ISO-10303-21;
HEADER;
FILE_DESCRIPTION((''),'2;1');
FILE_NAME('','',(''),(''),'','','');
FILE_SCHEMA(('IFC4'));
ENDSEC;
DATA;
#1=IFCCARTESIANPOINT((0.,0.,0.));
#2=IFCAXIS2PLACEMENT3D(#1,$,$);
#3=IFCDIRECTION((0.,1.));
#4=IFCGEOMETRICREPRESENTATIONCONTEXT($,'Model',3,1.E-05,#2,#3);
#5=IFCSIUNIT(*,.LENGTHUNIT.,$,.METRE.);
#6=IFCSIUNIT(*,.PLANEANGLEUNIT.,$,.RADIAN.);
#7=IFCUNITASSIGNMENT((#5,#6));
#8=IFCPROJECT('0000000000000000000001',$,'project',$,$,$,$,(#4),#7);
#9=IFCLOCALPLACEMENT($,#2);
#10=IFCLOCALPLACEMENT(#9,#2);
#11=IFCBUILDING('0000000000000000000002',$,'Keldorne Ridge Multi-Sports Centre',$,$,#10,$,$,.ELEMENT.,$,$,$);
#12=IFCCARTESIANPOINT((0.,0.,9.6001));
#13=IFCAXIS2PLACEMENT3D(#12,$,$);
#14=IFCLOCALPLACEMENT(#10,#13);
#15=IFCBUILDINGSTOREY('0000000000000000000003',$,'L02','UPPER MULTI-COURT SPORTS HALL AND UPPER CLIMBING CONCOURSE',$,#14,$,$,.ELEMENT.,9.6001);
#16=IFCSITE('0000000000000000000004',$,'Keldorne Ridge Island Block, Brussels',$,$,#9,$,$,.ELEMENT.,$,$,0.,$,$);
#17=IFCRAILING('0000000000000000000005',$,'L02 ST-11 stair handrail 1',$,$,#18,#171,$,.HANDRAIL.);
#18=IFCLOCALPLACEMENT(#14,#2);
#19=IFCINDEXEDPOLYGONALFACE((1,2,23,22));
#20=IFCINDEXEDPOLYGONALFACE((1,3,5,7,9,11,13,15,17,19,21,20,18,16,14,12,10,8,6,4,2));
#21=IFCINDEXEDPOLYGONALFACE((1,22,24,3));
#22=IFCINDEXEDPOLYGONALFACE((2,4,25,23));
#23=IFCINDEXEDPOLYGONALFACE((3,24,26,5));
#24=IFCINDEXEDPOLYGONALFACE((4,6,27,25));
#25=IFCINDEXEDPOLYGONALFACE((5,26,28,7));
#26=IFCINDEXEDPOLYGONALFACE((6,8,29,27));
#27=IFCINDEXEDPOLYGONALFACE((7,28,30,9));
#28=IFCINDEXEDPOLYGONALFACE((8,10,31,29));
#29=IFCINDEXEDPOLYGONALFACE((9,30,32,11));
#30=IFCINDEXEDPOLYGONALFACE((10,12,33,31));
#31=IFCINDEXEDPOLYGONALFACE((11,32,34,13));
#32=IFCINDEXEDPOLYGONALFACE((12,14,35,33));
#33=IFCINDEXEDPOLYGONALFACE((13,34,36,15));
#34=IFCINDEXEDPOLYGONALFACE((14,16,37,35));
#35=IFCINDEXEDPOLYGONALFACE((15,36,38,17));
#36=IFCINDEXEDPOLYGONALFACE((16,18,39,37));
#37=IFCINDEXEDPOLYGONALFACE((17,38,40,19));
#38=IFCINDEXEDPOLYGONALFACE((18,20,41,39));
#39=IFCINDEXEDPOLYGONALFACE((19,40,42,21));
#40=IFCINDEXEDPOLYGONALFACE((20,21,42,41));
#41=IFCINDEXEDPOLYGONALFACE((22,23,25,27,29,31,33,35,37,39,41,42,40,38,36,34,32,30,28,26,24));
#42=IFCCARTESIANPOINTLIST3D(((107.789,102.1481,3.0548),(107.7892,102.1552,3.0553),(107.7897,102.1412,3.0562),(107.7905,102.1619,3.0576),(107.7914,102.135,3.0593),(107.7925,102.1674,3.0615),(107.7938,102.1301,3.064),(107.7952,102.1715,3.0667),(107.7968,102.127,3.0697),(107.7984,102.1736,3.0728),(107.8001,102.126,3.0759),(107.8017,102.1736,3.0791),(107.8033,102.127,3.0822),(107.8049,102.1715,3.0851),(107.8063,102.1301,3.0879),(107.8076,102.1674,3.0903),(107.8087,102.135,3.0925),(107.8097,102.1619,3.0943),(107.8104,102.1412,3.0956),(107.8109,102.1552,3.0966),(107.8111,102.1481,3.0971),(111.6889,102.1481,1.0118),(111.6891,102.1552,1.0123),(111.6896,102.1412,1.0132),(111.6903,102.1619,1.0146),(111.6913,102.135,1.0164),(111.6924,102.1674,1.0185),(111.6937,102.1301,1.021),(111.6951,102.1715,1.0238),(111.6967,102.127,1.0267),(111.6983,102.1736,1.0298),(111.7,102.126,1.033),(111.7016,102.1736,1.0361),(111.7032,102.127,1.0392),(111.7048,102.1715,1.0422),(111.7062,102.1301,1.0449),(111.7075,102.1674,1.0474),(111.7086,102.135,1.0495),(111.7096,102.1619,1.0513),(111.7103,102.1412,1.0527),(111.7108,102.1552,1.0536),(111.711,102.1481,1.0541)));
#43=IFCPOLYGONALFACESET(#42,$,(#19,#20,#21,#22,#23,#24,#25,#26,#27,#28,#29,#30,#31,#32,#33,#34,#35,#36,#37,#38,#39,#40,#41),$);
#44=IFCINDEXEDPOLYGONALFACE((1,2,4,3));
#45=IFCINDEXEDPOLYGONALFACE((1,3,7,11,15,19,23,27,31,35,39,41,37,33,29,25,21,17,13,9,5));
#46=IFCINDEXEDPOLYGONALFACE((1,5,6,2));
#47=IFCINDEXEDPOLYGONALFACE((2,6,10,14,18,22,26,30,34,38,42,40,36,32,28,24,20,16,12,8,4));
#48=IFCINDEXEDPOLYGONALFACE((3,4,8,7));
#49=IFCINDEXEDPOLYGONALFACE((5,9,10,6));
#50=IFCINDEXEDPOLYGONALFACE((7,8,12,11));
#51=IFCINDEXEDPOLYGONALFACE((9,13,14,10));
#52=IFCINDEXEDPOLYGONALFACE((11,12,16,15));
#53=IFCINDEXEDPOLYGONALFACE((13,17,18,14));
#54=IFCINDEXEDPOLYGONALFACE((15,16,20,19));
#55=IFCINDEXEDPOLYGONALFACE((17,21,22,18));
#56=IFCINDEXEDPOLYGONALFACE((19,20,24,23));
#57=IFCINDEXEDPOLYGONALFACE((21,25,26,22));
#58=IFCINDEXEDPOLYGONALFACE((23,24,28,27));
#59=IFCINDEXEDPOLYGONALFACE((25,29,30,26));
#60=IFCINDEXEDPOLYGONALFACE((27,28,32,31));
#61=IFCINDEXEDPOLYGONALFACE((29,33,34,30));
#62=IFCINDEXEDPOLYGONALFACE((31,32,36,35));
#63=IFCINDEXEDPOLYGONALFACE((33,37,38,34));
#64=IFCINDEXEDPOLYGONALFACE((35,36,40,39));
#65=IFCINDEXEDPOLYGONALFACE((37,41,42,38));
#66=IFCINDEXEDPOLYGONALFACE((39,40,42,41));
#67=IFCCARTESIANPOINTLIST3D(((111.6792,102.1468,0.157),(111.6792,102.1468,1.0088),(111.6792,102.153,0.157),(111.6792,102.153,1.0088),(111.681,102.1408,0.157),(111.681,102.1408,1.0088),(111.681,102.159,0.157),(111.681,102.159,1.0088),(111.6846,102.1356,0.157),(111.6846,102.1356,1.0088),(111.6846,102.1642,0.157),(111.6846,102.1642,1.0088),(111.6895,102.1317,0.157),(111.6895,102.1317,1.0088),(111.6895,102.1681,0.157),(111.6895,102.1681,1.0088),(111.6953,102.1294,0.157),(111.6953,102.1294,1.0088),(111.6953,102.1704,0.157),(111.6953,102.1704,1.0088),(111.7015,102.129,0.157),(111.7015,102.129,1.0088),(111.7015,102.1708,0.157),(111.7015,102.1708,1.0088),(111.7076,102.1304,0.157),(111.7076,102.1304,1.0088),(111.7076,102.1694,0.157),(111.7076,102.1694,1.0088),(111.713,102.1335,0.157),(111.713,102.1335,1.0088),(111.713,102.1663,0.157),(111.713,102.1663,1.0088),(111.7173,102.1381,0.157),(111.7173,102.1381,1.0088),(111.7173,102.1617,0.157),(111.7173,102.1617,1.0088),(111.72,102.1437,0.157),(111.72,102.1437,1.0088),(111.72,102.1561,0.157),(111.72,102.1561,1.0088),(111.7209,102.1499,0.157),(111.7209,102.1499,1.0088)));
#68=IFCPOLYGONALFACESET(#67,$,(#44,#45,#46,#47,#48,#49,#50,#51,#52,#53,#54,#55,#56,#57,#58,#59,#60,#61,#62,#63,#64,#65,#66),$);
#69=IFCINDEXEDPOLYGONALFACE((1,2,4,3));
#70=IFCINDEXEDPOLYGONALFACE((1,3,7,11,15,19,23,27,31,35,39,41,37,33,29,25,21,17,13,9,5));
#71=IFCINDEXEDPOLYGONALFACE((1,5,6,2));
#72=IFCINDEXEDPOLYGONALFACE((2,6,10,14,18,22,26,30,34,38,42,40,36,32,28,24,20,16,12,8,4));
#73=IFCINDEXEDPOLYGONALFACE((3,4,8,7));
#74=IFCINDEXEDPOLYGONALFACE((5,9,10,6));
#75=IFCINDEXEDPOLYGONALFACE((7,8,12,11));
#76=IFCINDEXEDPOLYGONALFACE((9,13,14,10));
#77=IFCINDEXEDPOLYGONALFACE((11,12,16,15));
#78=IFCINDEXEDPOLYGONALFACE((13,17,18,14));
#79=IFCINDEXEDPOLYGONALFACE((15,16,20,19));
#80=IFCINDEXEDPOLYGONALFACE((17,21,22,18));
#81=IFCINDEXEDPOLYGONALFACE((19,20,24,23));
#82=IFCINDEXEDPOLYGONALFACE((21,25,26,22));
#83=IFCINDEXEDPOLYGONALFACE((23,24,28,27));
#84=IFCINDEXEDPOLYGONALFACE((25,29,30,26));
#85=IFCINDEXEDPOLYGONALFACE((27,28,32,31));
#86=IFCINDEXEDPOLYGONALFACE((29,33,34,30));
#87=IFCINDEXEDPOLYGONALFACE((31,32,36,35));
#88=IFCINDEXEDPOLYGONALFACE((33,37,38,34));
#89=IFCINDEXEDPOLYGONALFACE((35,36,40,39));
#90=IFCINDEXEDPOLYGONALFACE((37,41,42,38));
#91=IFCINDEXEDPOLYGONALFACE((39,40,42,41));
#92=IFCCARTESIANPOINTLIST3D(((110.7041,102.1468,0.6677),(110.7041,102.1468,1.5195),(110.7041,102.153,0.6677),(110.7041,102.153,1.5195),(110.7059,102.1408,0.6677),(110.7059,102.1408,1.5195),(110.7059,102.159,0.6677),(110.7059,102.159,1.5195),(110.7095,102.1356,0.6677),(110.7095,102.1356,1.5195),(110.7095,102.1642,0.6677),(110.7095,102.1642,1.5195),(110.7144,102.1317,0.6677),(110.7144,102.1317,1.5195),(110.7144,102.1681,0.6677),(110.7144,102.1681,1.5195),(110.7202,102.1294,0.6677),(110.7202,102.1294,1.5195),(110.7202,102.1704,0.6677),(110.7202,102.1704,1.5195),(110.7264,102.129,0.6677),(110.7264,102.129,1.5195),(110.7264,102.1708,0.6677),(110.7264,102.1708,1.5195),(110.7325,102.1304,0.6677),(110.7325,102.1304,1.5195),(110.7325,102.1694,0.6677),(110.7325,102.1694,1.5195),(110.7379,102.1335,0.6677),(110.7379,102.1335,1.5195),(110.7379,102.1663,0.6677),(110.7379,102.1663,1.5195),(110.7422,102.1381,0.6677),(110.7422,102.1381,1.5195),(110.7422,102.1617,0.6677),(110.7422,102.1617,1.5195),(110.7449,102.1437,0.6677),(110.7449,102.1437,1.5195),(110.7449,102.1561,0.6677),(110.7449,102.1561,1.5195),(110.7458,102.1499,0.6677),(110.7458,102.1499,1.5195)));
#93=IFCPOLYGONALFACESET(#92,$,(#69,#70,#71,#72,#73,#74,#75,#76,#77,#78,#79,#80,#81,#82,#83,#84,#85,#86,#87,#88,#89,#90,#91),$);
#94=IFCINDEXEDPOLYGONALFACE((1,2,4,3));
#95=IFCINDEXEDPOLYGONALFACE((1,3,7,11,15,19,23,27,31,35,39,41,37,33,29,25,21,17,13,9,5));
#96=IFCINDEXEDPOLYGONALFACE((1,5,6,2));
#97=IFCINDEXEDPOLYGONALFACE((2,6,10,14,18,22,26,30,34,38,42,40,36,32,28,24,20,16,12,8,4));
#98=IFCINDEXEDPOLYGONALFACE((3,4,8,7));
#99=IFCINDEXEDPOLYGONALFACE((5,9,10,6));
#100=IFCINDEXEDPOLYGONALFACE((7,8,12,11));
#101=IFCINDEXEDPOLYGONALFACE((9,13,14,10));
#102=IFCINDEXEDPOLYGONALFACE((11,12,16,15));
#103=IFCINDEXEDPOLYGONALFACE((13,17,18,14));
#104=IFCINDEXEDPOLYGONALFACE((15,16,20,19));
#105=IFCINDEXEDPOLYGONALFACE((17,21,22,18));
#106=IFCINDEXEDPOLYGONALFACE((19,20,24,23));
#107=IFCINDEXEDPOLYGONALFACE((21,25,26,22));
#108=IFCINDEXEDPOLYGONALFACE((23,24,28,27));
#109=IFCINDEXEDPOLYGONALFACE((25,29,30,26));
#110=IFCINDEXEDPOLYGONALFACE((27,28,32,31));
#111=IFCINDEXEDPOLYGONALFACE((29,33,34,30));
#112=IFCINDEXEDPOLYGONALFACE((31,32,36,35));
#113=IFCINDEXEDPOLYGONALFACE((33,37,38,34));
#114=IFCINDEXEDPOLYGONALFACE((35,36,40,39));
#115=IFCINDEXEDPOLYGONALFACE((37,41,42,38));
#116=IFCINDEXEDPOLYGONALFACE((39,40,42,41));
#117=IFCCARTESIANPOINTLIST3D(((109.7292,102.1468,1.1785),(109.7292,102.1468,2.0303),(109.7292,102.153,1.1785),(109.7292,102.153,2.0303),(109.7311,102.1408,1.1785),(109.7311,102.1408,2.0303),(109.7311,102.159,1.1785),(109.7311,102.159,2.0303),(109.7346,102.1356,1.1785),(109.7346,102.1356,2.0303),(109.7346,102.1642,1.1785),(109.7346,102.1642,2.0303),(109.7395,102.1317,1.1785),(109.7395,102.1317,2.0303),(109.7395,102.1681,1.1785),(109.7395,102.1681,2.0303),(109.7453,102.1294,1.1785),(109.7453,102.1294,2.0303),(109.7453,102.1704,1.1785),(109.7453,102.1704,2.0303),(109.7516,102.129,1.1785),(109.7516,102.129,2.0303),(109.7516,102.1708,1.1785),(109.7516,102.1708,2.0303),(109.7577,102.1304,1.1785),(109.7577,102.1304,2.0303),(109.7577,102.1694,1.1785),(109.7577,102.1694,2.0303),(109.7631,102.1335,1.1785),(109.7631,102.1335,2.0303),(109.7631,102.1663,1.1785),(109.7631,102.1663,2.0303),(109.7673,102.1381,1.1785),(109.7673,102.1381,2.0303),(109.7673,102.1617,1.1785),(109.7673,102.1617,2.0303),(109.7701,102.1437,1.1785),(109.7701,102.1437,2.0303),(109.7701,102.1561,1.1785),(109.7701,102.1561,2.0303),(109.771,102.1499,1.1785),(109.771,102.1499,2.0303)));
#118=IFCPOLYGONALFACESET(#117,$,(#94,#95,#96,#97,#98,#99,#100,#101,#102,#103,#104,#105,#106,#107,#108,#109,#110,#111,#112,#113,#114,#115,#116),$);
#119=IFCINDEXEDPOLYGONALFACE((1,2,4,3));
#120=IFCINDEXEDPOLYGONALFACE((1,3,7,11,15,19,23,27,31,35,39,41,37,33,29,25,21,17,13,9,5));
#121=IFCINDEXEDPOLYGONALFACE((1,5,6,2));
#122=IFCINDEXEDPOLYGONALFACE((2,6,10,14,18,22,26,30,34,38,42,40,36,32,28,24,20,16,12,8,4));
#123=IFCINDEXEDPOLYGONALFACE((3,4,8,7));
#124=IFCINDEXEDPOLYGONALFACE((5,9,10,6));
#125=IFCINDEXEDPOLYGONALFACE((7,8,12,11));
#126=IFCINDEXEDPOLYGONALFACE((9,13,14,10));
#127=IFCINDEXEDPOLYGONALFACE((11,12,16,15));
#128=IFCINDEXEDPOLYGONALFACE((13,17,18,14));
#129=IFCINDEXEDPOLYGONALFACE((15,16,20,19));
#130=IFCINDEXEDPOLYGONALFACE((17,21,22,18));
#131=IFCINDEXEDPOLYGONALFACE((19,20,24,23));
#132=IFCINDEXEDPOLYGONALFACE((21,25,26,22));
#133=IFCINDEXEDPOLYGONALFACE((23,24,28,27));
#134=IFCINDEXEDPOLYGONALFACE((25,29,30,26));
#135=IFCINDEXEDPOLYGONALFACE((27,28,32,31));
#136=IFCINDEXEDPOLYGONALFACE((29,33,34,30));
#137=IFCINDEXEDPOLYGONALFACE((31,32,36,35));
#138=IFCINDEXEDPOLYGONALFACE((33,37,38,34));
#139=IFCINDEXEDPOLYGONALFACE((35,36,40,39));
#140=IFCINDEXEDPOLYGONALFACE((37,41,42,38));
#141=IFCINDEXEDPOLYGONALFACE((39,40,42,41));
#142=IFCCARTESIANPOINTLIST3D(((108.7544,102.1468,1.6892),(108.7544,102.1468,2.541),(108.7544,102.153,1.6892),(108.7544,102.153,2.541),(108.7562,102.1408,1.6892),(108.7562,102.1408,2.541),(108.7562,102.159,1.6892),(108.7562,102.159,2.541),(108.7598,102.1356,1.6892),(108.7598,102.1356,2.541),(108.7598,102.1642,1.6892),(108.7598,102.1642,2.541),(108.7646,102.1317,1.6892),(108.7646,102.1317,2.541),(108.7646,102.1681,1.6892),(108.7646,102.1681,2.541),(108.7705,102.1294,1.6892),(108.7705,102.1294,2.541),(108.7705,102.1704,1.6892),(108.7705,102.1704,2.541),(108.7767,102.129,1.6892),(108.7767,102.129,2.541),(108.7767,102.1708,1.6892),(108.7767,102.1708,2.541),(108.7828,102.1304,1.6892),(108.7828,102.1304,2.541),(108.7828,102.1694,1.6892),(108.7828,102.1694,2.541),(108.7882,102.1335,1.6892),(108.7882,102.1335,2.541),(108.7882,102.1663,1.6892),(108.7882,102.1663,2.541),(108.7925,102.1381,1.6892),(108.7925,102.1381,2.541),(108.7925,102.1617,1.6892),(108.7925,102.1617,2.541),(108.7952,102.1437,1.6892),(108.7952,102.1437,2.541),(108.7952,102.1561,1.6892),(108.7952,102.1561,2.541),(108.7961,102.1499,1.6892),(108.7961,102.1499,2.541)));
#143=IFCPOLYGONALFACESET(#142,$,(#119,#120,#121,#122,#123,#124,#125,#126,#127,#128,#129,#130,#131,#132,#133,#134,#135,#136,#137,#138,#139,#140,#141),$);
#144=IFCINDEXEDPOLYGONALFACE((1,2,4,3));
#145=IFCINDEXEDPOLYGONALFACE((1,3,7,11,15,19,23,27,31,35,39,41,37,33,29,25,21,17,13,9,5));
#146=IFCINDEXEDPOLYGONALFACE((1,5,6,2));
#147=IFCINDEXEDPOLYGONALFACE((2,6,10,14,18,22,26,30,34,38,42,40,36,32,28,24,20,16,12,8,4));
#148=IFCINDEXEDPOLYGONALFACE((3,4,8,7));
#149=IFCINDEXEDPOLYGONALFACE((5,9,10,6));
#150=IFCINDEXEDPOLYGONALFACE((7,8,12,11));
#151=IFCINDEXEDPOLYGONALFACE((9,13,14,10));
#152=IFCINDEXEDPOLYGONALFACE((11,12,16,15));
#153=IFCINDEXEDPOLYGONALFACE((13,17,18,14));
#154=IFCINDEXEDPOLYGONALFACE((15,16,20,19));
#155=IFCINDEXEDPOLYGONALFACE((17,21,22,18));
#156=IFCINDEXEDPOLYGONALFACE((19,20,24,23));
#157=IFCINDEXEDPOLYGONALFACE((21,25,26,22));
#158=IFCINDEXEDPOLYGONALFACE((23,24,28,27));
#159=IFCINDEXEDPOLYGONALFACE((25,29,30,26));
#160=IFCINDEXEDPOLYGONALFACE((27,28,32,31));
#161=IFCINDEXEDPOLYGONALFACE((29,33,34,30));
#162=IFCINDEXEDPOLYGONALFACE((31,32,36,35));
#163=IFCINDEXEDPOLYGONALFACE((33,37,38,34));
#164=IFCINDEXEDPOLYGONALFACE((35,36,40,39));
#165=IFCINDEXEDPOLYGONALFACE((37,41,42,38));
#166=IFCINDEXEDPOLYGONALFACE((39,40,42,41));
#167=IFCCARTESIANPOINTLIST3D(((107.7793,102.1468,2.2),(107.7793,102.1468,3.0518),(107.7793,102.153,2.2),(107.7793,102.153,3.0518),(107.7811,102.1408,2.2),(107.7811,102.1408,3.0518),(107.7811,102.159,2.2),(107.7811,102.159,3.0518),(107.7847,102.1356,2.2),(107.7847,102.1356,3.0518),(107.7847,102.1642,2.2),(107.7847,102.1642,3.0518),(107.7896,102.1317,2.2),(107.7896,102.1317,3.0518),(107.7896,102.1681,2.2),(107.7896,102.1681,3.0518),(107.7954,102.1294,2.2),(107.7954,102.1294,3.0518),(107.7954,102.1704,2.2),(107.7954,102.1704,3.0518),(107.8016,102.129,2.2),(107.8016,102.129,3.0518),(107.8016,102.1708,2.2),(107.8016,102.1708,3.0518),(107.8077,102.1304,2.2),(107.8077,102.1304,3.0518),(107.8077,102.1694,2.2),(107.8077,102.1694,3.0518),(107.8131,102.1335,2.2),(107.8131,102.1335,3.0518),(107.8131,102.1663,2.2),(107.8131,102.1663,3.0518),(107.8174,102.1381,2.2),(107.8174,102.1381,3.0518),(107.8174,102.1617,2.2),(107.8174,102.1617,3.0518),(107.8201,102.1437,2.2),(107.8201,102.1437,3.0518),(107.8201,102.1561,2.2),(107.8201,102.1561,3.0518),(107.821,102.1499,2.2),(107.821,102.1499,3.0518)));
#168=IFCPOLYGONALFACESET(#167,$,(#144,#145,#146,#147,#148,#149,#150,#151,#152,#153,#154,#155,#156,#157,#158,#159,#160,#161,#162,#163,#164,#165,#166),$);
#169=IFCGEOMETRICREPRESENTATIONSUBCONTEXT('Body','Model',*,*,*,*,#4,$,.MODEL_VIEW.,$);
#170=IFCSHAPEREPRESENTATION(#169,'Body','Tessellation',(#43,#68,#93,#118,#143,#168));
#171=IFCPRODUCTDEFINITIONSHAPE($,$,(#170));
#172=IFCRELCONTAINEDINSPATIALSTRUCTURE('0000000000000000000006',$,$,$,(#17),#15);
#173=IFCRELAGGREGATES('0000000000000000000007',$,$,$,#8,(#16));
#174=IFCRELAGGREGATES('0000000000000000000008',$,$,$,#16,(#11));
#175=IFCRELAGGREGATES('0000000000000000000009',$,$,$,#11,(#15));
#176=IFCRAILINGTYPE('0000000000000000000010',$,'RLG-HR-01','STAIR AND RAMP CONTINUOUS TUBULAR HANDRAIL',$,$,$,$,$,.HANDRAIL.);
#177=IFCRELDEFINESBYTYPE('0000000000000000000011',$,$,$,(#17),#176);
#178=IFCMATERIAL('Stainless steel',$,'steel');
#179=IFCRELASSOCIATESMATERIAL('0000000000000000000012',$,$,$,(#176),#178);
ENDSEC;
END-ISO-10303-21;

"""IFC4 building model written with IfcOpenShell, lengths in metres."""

from ifc_helpers import new_model, si_unit, direction, frame, origin, origin_2d, place, context, subcontext, project, spatial, circle, extrude, material, type_object, element, save


model = new_model("IFC4")

# Units and contexts
model_context = context("Model", 3, precision=1e-05, world=origin(), true_north=direction((0.0, 1.0)))
body_context = subcontext(model_context, "Body", "Model", "MODEL_VIEW")
ifc_project = project(units=[si_unit("LENGTHUNIT", "METRE"), si_unit("PLANEANGLEUNIT", "RADIAN")], contexts=[model_context])

# Site, building, storey
site_placement = place(None, origin())
site = spatial("IfcSite", under=ifc_project, at=site_placement, Name="Keldorne Ridge Island Block, Brussels", CompositionType="ELEMENT", RefElevation=0.0)
building_placement = place(site_placement, origin())
building = spatial("IfcBuilding", under=site, at=building_placement, Name="Keldorne Ridge Multi-Sports Centre", CompositionType="ELEMENT")
storey_placement = place(building_placement, frame((0.0, 0.0, 9.6001)))
storey = spatial("IfcBuildingStorey", under=building, at=storey_placement, Name="L02", Description="UPPER MULTI-COURT SPORTS HALL AND UPPER CLIMBING CONCOURSE", CompositionType="ELEMENT", Elevation=9.6001)

# Shared definitions
ifc_material_1 = material(Name="Stainless steel", Category="steel")

# Railing
railing_type_1 = type_object("IfcRailingType", Name="RLG-HR-01", Description="STAIR AND RAMP CONTINUOUS TUBULAR HANDRAIL", PredefinedType="HANDRAIL", material=ifc_material_1)
railing_1_placement = place(storey_placement, frame((111.7, 102.1499, 0.157)))
element("IfcRailing", 1, at=railing_1_placement, inside=storey, type_object=railing_type_1, Name="L02 ST-11 stair handrail 1", PredefinedType="HANDRAIL", context=body_context, shape_type="SweptSolid", body=[
    extrude(circle(Radius=0.0239, at=origin_2d()), frame((0.0, 0.0, 0.876), z_axis=(-0.885816, 0.0, 0.464036), x_axis=(0.0, -1.0, 0.0)), (0.0, 0.0, 1.0), 4.4026),
    extrude(circle(Radius=0.021, at=origin_2d()), origin(), (0.0, 0.0, 1.0), 0.8518),
    extrude(circle(Radius=0.021, at=origin_2d()), frame((-0.9751, 0.0, 0.5107)), (0.0, 0.0, 1.0), 0.8518),
    extrude(circle(Radius=0.021, at=origin_2d()), frame((-1.95, 0.0, 1.0215)), (0.0, 0.0, 1.0), 0.8518),
    extrude(circle(Radius=0.021, at=origin_2d()), frame((-2.9248, 0.0, 1.5322)), (0.0, 0.0, 1.0), 0.8518),
    extrude(circle(Radius=0.021, at=origin_2d()), frame((-3.8999, 0.0, 2.043)), (0.0, 0.0, 1.0), 0.8518),
])

save(model, "model.ifc")
